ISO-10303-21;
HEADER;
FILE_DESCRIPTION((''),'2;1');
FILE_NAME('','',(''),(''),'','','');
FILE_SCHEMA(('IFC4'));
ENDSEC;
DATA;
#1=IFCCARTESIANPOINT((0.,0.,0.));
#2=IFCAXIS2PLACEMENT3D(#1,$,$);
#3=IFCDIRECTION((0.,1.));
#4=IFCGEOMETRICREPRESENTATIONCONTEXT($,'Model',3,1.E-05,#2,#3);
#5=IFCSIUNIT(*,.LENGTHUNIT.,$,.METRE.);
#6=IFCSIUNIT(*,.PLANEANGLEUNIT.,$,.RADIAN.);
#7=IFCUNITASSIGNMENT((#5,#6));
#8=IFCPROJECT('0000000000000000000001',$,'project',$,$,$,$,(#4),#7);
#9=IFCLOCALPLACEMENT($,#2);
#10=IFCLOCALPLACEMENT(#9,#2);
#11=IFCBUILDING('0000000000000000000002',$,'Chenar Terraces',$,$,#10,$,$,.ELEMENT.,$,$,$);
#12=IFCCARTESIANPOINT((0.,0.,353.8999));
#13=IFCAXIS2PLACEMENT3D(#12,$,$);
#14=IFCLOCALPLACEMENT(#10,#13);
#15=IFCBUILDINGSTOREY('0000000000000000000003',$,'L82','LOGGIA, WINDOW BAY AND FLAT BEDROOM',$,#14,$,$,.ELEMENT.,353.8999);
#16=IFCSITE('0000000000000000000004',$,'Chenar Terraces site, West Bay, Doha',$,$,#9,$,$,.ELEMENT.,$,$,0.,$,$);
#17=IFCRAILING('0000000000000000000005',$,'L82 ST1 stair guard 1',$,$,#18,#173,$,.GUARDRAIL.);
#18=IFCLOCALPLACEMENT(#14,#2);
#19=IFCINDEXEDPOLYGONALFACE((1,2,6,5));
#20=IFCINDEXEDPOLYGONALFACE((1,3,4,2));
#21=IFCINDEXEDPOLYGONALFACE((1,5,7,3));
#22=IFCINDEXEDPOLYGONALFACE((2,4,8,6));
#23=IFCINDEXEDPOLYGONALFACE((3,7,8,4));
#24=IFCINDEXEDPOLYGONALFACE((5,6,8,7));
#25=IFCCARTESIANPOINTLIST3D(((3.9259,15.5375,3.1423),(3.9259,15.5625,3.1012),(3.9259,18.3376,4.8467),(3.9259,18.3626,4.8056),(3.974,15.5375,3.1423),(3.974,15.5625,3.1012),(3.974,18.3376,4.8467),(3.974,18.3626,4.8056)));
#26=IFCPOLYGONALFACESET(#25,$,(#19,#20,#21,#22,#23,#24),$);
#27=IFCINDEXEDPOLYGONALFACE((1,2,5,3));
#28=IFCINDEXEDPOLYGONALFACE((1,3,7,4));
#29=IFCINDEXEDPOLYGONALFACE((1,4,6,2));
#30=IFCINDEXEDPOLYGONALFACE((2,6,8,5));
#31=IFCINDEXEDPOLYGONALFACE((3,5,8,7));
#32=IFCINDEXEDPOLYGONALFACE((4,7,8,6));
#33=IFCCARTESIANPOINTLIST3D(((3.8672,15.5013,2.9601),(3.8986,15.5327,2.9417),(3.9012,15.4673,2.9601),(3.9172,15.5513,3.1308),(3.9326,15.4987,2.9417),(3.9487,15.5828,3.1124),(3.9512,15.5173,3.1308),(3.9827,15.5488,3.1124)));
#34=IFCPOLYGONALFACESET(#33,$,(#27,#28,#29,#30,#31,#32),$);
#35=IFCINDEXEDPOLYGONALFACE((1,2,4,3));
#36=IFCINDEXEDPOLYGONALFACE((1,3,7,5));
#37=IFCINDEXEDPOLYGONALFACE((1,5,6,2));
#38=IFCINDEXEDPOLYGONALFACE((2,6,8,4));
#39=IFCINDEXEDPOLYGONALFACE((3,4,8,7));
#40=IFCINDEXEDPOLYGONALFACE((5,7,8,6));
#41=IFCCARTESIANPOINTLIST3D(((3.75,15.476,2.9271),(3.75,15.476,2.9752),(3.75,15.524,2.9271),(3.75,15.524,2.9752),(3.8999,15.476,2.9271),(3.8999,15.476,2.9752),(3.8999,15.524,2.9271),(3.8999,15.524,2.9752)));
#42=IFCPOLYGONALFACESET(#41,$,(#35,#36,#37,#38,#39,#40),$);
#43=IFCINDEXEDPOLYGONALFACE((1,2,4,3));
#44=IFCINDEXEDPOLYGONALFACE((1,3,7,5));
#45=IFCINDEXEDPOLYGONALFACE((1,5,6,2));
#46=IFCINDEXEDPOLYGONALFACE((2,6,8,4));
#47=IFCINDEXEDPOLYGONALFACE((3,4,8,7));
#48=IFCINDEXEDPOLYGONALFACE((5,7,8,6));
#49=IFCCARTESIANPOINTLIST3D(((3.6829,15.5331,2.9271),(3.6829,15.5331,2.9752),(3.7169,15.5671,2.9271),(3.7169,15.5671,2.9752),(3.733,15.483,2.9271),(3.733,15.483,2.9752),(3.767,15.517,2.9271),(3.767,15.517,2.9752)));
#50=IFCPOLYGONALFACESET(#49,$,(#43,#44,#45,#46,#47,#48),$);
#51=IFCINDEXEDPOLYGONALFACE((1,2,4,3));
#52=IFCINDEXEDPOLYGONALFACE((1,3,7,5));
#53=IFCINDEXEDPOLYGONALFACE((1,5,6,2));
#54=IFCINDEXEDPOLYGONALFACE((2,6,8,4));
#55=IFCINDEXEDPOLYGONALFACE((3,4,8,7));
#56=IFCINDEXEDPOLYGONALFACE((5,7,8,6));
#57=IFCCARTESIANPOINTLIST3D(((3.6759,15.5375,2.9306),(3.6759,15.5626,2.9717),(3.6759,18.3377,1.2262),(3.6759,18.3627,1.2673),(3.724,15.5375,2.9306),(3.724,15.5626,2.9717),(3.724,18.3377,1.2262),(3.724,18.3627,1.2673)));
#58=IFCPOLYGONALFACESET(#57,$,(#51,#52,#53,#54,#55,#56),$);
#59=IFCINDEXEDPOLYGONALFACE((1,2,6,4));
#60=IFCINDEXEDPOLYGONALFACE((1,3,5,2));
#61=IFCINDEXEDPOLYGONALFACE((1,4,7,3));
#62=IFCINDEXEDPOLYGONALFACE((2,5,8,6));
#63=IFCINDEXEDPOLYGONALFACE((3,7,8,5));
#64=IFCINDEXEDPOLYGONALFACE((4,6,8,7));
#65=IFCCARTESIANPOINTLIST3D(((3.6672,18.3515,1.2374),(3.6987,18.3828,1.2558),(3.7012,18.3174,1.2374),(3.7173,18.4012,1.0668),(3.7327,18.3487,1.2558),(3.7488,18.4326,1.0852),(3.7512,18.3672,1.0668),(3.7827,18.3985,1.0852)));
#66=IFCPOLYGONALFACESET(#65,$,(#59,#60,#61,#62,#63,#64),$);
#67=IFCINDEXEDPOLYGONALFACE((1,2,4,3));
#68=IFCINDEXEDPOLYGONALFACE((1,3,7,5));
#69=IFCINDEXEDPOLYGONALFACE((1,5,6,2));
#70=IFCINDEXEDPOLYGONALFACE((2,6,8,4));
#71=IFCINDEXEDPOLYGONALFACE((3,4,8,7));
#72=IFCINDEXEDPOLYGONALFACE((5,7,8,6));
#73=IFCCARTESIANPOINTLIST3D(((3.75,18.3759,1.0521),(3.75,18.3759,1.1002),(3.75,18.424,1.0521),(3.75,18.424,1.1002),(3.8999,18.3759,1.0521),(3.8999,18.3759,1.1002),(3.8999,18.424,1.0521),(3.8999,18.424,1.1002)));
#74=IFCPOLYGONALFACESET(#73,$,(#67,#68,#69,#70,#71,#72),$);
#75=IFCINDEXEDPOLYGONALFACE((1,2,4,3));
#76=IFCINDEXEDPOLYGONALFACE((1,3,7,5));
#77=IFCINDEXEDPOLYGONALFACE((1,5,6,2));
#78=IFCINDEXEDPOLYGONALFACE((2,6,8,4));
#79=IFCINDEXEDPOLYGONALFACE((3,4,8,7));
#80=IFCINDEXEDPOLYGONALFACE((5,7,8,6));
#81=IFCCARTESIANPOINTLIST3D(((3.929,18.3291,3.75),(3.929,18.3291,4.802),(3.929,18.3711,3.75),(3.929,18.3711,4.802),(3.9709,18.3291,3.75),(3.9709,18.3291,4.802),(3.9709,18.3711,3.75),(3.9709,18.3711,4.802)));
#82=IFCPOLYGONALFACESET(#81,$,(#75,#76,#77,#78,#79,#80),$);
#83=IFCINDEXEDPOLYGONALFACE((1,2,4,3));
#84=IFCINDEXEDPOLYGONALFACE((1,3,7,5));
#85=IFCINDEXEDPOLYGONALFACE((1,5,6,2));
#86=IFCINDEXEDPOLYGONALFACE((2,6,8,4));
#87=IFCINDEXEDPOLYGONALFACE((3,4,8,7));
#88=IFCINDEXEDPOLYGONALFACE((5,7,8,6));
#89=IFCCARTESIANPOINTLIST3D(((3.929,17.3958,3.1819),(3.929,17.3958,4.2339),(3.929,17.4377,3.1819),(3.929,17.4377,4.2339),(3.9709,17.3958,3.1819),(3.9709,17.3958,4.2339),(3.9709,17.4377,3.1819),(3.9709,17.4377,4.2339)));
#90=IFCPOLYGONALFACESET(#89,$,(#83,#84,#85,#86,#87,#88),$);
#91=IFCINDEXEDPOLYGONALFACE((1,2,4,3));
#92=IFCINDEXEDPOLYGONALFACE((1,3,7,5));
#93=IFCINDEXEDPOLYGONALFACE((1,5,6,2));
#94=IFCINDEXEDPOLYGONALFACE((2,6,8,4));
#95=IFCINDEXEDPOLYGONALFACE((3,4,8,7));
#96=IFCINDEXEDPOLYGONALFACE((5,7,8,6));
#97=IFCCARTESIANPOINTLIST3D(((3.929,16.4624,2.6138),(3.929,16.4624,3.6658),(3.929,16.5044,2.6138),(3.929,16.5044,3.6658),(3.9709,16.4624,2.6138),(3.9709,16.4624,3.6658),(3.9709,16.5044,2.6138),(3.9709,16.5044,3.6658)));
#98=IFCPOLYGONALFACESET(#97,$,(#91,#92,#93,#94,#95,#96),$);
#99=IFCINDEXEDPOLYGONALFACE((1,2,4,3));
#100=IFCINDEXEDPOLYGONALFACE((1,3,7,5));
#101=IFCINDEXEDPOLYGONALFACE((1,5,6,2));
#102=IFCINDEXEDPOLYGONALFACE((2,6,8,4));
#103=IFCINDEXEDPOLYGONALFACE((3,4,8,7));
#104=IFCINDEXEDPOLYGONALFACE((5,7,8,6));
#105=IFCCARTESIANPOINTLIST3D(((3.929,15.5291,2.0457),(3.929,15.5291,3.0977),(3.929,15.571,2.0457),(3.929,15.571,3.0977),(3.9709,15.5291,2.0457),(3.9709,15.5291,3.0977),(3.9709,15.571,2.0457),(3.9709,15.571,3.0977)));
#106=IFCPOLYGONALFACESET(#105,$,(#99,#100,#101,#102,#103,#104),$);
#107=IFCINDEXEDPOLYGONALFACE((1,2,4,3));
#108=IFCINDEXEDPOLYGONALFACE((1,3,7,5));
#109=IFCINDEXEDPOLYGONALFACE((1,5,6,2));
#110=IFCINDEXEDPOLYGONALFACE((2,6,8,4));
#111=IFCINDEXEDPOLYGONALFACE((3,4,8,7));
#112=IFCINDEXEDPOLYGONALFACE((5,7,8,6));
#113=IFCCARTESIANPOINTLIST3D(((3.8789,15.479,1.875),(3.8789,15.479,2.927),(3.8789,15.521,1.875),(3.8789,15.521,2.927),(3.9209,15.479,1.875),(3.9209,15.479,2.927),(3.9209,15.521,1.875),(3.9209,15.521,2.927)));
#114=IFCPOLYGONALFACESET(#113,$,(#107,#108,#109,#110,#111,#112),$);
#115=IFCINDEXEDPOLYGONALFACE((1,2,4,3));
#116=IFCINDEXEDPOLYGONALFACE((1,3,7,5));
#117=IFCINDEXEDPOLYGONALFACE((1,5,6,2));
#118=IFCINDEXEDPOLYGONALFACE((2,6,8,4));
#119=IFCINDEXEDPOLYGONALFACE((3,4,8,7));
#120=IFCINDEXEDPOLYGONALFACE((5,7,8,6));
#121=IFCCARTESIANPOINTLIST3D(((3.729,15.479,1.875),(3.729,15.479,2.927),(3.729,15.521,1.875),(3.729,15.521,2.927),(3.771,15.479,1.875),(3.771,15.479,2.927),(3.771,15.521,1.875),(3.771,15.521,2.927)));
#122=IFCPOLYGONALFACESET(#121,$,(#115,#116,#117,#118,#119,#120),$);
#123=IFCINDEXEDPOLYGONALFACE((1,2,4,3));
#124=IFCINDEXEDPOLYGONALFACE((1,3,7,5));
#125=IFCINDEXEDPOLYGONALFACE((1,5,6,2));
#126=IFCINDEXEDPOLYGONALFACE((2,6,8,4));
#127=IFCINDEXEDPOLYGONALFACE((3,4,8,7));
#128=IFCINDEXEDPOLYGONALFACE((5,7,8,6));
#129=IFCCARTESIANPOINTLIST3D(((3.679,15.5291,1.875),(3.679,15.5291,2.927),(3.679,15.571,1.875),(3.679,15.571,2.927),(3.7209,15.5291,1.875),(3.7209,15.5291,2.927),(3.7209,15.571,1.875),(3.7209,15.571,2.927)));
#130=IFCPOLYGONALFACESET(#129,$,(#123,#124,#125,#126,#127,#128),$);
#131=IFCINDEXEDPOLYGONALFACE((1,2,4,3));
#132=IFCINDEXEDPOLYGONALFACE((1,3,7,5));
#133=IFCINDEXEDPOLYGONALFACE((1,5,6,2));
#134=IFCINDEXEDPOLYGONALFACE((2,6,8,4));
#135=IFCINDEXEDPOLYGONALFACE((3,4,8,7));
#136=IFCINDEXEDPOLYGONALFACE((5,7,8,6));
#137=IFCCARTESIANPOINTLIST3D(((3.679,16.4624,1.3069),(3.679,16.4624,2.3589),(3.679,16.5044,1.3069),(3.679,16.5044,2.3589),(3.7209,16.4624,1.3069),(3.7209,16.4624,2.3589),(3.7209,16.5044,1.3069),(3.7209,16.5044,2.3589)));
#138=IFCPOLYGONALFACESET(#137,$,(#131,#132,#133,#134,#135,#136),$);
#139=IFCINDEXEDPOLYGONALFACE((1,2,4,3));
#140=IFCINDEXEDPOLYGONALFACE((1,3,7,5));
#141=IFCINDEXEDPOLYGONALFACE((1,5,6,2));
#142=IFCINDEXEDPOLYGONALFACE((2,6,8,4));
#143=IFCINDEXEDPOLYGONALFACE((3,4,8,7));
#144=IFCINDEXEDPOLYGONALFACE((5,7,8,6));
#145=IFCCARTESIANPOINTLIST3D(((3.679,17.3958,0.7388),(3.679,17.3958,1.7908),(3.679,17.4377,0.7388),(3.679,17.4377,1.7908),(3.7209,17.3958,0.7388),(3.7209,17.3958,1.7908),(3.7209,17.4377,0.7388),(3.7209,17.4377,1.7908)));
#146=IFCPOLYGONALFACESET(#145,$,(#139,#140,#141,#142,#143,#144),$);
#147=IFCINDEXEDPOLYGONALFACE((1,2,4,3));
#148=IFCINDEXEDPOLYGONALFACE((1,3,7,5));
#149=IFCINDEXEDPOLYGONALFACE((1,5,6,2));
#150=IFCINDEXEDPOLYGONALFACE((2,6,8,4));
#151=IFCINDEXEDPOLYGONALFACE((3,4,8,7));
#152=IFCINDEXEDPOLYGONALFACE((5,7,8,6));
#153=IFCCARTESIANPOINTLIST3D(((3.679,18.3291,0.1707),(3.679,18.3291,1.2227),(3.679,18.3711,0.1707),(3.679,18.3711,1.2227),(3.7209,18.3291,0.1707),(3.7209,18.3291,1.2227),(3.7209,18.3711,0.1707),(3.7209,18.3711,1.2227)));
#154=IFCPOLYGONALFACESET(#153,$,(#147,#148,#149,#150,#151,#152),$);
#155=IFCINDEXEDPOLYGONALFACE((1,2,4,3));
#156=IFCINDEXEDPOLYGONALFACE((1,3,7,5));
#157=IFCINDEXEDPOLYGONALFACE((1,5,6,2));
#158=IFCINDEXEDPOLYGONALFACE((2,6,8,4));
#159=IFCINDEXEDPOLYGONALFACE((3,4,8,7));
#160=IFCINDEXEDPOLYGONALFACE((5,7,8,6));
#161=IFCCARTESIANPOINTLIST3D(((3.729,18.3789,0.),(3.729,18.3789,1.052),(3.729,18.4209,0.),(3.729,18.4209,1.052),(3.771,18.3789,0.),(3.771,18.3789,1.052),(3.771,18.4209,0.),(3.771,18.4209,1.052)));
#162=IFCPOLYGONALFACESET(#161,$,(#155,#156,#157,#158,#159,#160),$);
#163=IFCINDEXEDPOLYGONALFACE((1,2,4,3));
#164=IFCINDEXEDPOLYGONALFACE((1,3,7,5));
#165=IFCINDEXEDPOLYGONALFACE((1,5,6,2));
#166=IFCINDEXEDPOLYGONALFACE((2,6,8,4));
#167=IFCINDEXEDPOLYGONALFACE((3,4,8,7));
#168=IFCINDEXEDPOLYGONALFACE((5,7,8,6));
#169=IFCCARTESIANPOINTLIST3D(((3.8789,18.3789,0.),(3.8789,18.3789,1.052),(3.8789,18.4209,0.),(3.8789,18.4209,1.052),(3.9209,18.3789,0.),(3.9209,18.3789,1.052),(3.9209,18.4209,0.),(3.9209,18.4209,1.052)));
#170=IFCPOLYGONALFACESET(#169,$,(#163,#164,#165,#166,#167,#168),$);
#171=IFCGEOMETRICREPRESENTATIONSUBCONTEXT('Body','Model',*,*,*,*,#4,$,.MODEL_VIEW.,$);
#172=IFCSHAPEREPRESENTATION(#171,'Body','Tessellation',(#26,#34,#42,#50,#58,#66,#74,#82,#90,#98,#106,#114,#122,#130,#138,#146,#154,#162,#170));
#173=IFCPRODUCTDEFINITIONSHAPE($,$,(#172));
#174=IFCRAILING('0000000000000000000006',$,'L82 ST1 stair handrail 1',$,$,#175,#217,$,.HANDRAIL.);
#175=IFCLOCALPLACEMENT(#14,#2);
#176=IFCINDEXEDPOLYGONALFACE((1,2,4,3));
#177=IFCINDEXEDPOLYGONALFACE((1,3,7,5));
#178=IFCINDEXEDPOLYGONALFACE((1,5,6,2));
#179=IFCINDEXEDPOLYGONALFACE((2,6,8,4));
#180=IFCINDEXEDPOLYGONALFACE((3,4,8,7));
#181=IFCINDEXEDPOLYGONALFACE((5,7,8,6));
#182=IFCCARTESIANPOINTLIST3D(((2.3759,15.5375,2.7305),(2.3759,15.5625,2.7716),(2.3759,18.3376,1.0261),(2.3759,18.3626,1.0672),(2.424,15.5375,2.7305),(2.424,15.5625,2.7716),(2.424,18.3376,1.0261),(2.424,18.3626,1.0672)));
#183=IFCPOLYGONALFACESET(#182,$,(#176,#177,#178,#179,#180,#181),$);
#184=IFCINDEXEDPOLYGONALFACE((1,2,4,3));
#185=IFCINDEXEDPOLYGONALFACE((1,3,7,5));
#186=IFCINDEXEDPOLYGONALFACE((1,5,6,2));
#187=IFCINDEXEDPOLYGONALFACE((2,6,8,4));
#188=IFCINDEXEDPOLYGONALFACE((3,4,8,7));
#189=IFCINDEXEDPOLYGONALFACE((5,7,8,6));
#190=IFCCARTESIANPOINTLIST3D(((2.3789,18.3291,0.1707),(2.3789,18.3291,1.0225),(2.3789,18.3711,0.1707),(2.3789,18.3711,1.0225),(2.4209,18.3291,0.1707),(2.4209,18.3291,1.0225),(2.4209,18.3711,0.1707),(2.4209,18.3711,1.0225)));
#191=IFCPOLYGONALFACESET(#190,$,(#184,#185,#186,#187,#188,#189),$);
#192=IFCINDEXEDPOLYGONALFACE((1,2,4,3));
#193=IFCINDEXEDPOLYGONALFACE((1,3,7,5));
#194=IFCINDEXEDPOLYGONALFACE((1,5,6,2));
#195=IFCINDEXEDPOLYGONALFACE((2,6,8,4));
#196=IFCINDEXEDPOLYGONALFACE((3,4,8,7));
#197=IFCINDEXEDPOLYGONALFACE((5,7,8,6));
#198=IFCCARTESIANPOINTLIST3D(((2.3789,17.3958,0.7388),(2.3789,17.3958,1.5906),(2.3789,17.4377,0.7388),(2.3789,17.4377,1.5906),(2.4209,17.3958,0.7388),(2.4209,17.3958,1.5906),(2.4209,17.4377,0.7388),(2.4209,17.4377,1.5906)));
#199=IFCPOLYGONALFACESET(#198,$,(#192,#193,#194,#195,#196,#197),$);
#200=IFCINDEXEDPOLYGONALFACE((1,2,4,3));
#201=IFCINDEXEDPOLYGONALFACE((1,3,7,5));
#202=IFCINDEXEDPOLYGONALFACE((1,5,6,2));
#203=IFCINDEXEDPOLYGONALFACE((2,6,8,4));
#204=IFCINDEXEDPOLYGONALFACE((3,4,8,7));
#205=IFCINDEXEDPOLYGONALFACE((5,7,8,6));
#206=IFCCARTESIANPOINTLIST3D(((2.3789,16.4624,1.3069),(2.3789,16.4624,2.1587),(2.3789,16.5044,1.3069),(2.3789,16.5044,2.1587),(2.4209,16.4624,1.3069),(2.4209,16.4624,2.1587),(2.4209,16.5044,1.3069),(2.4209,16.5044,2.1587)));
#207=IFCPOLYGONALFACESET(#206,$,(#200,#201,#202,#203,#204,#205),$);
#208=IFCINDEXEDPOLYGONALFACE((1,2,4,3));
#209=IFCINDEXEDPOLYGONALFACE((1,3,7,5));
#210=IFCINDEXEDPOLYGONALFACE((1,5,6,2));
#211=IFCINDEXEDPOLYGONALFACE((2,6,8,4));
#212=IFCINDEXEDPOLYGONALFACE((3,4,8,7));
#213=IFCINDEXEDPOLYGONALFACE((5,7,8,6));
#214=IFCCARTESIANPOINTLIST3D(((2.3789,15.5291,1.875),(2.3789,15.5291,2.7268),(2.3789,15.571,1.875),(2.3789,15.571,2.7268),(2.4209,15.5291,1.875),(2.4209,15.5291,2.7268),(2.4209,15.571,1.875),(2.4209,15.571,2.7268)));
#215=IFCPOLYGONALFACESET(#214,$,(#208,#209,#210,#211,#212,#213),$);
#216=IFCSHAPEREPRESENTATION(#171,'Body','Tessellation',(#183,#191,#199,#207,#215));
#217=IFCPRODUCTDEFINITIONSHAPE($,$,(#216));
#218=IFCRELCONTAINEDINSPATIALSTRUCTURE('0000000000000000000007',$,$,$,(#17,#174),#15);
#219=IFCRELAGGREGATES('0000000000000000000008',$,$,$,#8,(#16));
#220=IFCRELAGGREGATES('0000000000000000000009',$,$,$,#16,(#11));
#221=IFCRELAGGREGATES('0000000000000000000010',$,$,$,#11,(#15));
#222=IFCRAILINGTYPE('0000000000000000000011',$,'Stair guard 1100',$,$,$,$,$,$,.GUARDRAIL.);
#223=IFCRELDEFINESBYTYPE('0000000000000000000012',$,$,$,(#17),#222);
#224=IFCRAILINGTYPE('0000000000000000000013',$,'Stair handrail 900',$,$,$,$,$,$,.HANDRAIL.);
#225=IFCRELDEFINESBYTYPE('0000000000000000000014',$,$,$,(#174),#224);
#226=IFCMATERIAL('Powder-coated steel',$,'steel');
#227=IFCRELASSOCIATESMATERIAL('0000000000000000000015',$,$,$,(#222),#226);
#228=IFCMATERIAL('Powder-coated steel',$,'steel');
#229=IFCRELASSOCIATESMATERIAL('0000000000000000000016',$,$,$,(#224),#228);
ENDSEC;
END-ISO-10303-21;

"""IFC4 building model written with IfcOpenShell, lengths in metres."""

from ifc_helpers import new_model, si_unit, direction, frame, origin, origin_2d, place, context, subcontext, project, spatial, rectangle, extrude, material, type_object, element, save


model = new_model("IFC4")

# Units and contexts
model_context = context("Model", 3, precision=1e-05, world=origin(), true_north=direction((0.0, 1.0)))
body_context = subcontext(model_context, "Body", "Model", "MODEL_VIEW")
ifc_project = project(units=[si_unit("LENGTHUNIT", "METRE"), si_unit("PLANEANGLEUNIT", "RADIAN")], contexts=[model_context])

# Site, building, storey
site_placement = place(None, origin())
site = spatial("IfcSite", under=ifc_project, at=site_placement, Name="Chenar Terraces site, West Bay, Doha", CompositionType="ELEMENT", RefElevation=0.0)
building_placement = place(site_placement, origin())
building = spatial("IfcBuilding", under=site, at=building_placement, Name="Chenar Terraces", CompositionType="ELEMENT")
storey_placement = place(building_placement, frame((0.0, 0.0, 353.8999)))
storey = spatial("IfcBuildingStorey", under=building, at=storey_placement, Name="L82", Description="LOGGIA, WINDOW BAY AND FLAT BEDROOM", CompositionType="ELEMENT", Elevation=353.8999)

# Railings
ifc_material_1 = material(Name="Powder-coated steel", Category="steel")
railing_type_1 = type_object("IfcRailingType", Name="Stair guard 1100", PredefinedType="GUARDRAIL", material=ifc_material_1)
railing_1_placement = place(storey_placement, frame((3.95, 18.3501, 3.75)))
element("IfcRailing", 1, at=railing_1_placement, inside=storey, type_object=railing_type_1, Name="L82 ST1 stair guard 1", PredefinedType="GUARDRAIL", context=body_context, shape_type="SweptSolid", body=[
    extrude(rectangle(XDim=0.0481, YDim=0.0481, at=origin_2d()), frame((0.0, 0.0, 1.0762), z_axis=(0.0, -0.854203, -0.51994), x_axis=(1.0, 0.0, 0.0)), (0.0, 0.0, 1.0), 3.2781),
    extrude(rectangle(XDim=0.0481, YDim=0.0481, at=origin_2d()), frame((0.0, -2.8, -0.6284), z_axis=(-0.2709, -0.2709, -0.923703), x_axis=(0.707107, -0.707107, 0.0)), (0.0, 0.0, 1.0), 0.1848),
    extrude(rectangle(XDim=0.0481, YDim=0.0481, at=origin_2d()), frame((-0.05, -2.8501, -0.7988), z_axis=(-1.0, 0.0, 0.0), x_axis=(0.0, -1.0, 0.0)), (0.0, 0.0, 1.0), 0.1499),
    extrude(rectangle(XDim=0.0481, YDim=0.0481, at=origin_2d()), frame((-0.2, -2.8501, -0.7988), z_axis=(-0.707107, 0.707107, 0.0), x_axis=(-0.707107, -0.707107, 0.0)), (0.0, 0.0, 1.0), 0.0708),
    extrude(rectangle(XDim=0.0481, YDim=0.0481, at=origin_2d()), frame((-0.25, -2.8, -0.7988), z_axis=(0.0, 0.854203, -0.51994), x_axis=(-1.0, 0.0, 0.0)), (0.0, 0.0, 1.0), 3.2781),
    extrude(rectangle(XDim=0.0481, YDim=0.0481, at=origin_2d()), frame((-0.25, 0.0, -2.5034), z_axis=(0.270997, 0.269675, -0.924033), x_axis=(-0.705376, 0.708834, 0.0)), (0.0, 0.0, 1.0), 0.1846),
    extrude(rectangle(XDim=0.0481, YDim=0.0481, at=origin_2d()), frame((-0.2, 0.0498, -2.6738), z_axis=(1.0, 0.0, 0.0), x_axis=(0.0, 1.0, 0.0)), (0.0, 0.0, 1.0), 0.1499),
    extrude(rectangle(XDim=0.042, YDim=0.042, at=origin_2d()), origin(), (0.0, 0.0, 1.0), 1.052),
    extrude(rectangle(XDim=0.042, YDim=0.042, at=origin_2d()), frame((0.0, -0.9333, -0.5681)), (0.0, 0.0, 1.0), 1.052),
    extrude(rectangle(XDim=0.042, YDim=0.042, at=origin_2d()), frame((0.0, -1.8667, -1.1362)), (0.0, 0.0, 1.0), 1.052),
    extrude(rectangle(XDim=0.042, YDim=0.042, at=origin_2d()), frame((0.0, -2.8, -1.7043)), (0.0, 0.0, 1.0), 1.052),
    extrude(rectangle(XDim=0.042, YDim=0.042, at=origin_2d()), frame((-0.05, -2.8501, -1.875)), (0.0, 0.0, 1.0), 1.052),
    extrude(rectangle(XDim=0.042, YDim=0.042, at=origin_2d()), frame((-0.2, -2.8501, -1.875)), (0.0, 0.0, 1.0), 1.052),
    extrude(rectangle(XDim=0.042, YDim=0.042, at=origin_2d()), frame((-0.25, -2.8, -1.875)), (0.0, 0.0, 1.0), 1.052),
    extrude(rectangle(XDim=0.042, YDim=0.042, at=origin_2d()), frame((-0.25, -1.8667, -2.4431)), (0.0, 0.0, 1.0), 1.052),
    extrude(rectangle(XDim=0.042, YDim=0.042, at=origin_2d()), frame((-0.25, -0.9333, -3.0112)), (0.0, 0.0, 1.0), 1.052),
    extrude(rectangle(XDim=0.042, YDim=0.042, at=origin_2d()), frame((-0.25, 0.0, -3.5793)), (0.0, 0.0, 1.0), 1.052),
    extrude(rectangle(XDim=0.042, YDim=0.042, at=origin_2d()), frame((-0.2, 0.0498, -3.75)), (0.0, 0.0, 1.0), 1.052),
    extrude(rectangle(XDim=0.042, YDim=0.042, at=origin_2d()), frame((-0.05, 0.0498, -3.75)), (0.0, 0.0, 1.0), 1.052),
])
ifc_material_2 = material(Name="Powder-coated steel", Category="steel")
railing_type_2 = type_object("IfcRailingType", Name="Stair handrail 900", PredefinedType="HANDRAIL", material=ifc_material_2)
railing_2_placement = place(storey_placement, frame((2.3999, 18.3501, 0.1707)))
element("IfcRailing", 2, at=railing_2_placement, inside=storey, type_object=railing_type_2, Name="L82 ST1 stair handrail 1", PredefinedType="HANDRAIL", context=body_context, shape_type="SweptSolid", body=[
    extrude(rectangle(XDim=0.0481, YDim=0.0481, at=origin_2d()), frame((0.0, 0.0, 0.876), z_axis=(0.0, -0.854203, 0.51994), x_axis=(1.0, 0.0, 0.0)), (0.0, 0.0, 1.0), 3.2781),
    extrude(rectangle(XDim=0.042, YDim=0.042, at=origin_2d()), origin(), (0.0, 0.0, 1.0), 0.8518),
    extrude(rectangle(XDim=0.042, YDim=0.042, at=origin_2d()), frame((0.0, -0.9333, 0.5681)), (0.0, 0.0, 1.0), 0.8518),
    extrude(rectangle(XDim=0.042, YDim=0.042, at=origin_2d()), frame((0.0, -1.8667, 1.1362)), (0.0, 0.0, 1.0), 0.8518),
    extrude(rectangle(XDim=0.042, YDim=0.042, at=origin_2d()), frame((0.0, -2.8, 1.7043)), (0.0, 0.0, 1.0), 0.8518),
])

save(model, "model.ifc")
